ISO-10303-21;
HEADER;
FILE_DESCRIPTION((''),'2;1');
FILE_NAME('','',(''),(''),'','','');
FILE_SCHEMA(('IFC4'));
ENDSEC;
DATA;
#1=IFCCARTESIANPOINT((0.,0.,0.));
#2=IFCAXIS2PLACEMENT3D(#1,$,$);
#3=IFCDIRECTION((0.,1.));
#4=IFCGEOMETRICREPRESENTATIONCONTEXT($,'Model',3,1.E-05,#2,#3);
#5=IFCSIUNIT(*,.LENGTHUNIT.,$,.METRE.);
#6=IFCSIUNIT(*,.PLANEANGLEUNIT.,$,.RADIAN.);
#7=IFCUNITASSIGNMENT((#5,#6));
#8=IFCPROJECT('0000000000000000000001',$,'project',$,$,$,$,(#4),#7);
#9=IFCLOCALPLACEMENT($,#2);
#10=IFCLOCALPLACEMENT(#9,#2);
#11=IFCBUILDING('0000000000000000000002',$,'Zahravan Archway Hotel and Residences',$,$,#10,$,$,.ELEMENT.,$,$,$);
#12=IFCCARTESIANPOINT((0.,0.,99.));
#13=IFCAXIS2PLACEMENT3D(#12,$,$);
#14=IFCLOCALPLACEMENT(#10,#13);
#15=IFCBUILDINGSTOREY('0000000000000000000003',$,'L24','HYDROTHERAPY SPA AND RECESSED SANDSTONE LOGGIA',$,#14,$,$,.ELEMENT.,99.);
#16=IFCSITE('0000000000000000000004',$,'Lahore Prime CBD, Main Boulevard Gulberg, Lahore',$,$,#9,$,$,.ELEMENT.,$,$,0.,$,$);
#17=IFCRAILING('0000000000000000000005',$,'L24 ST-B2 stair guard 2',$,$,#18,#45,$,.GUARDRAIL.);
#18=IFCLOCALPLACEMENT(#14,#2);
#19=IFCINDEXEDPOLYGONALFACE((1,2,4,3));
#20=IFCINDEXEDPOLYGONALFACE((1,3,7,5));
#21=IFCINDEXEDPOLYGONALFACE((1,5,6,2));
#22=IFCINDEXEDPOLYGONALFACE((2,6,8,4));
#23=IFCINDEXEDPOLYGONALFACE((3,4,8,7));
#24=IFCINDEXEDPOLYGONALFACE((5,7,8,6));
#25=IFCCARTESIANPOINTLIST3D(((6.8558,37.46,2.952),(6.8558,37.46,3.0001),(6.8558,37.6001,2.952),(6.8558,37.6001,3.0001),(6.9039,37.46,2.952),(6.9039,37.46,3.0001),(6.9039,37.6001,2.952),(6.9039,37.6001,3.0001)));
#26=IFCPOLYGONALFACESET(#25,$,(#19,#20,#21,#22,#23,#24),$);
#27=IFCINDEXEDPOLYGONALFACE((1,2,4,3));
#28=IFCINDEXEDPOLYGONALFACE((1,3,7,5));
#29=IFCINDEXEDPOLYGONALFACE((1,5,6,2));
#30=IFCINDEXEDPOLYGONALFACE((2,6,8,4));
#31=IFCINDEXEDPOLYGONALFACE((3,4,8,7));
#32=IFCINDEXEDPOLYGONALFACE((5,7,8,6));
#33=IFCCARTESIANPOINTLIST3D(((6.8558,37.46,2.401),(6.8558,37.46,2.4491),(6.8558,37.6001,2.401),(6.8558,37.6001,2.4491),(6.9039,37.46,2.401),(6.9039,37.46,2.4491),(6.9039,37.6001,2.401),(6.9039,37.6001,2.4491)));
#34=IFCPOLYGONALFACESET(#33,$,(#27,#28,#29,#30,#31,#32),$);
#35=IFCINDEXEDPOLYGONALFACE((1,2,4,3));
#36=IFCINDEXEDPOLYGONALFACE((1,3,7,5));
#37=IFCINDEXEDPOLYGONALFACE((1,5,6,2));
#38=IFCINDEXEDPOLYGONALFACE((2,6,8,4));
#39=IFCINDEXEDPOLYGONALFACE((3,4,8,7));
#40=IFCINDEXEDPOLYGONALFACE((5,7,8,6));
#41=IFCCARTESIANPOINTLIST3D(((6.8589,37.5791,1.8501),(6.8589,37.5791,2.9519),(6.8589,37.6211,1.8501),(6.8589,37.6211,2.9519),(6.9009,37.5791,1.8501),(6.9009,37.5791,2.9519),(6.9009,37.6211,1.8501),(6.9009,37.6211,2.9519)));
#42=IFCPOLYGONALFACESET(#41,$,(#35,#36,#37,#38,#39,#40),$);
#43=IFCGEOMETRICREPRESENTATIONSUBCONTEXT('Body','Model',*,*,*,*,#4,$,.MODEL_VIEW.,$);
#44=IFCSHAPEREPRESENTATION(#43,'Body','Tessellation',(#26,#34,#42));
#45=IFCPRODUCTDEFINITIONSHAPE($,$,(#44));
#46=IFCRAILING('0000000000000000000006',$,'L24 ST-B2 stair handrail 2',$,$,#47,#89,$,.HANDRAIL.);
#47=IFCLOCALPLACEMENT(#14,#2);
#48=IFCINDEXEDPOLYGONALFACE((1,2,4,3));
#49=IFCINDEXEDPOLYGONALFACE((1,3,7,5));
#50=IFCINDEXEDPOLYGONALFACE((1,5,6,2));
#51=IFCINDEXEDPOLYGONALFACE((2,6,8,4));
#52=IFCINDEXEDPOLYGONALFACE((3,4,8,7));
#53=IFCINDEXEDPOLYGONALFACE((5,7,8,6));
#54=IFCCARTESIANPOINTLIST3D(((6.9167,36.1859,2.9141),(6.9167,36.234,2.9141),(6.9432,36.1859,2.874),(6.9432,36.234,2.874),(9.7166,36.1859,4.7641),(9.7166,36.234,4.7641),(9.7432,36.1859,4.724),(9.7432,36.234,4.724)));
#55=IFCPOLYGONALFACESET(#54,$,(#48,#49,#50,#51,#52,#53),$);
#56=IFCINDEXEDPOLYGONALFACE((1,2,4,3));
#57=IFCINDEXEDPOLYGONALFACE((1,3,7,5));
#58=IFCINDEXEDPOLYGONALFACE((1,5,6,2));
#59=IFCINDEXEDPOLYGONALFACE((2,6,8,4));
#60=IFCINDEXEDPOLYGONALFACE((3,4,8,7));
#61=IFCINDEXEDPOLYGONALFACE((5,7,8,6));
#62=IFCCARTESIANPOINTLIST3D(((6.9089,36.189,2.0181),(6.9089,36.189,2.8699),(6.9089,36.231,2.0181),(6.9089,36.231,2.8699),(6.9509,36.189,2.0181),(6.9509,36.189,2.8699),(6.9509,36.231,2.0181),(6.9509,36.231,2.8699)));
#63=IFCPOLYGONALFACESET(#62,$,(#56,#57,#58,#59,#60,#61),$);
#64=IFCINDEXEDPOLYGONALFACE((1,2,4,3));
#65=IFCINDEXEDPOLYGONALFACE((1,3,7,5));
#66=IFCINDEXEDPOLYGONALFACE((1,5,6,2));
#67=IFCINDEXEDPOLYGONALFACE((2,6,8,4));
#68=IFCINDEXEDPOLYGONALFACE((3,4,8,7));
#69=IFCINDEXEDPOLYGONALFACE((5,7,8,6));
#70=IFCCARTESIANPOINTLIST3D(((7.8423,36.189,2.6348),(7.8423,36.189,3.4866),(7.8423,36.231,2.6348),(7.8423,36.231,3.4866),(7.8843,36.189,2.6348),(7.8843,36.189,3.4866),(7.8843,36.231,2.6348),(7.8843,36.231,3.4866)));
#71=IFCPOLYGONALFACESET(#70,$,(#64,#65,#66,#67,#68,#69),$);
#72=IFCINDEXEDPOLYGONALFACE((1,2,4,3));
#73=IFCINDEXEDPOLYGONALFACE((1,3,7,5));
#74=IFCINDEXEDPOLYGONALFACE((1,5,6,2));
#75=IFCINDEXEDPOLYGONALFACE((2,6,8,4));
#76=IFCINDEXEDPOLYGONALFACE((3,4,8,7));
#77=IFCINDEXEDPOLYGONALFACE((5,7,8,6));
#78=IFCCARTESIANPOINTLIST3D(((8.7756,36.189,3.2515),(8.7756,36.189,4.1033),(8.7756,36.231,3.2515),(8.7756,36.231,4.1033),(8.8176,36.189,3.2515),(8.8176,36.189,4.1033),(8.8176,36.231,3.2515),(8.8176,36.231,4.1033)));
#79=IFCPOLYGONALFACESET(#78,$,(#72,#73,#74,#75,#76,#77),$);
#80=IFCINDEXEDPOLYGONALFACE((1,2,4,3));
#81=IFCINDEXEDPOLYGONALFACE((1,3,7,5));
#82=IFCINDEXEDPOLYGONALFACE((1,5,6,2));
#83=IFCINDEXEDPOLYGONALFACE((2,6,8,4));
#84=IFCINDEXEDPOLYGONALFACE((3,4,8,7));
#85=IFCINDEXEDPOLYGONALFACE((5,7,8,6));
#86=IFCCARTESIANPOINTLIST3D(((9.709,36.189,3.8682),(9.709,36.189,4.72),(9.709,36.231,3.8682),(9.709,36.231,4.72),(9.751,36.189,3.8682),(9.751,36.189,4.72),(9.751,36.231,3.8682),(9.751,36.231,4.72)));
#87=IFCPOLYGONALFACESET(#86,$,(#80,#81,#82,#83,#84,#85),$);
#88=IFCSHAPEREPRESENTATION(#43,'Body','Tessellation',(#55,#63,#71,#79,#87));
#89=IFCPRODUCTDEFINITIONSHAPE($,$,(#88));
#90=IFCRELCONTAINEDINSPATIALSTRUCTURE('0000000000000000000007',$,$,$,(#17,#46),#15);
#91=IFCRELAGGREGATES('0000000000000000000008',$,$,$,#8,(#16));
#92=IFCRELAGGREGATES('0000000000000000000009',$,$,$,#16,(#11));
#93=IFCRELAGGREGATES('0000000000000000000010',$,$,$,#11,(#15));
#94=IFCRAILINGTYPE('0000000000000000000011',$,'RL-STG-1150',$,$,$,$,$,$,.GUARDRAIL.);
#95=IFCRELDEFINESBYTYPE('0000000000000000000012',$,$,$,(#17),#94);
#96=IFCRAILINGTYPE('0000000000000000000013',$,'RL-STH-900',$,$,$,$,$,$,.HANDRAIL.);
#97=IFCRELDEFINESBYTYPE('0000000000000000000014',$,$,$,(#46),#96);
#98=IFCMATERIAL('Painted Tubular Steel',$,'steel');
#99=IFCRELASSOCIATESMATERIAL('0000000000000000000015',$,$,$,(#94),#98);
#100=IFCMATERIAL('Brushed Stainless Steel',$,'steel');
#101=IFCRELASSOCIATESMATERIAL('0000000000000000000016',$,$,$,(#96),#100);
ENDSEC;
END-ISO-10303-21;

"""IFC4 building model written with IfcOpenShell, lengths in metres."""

from ifc_helpers import new_model, si_unit, direction, frame, origin, origin_2d, place, context, subcontext, project, spatial, rectangle, extrude, material, type_object, element, save


model = new_model("IFC4")

# Units and contexts
model_context = context("Model", 3, precision=1e-05, world=origin(), true_north=direction((0.0, 1.0)))
body_context = subcontext(model_context, "Body", "Model", "MODEL_VIEW")
ifc_project = project(units=[si_unit("LENGTHUNIT", "METRE"), si_unit("PLANEANGLEUNIT", "RADIAN")], contexts=[model_context])

# Site, building, storey
site_placement = place(None, origin())
site = spatial("IfcSite", under=ifc_project, at=site_placement, Name="Lahore Prime CBD, Main Boulevard Gulberg, Lahore", CompositionType="ELEMENT", RefElevation=0.0)
building_placement = place(site_placement, origin())
building = spatial("IfcBuilding", under=site, at=building_placement, Name="Zahravan Archway Hotel and Residences", CompositionType="ELEMENT")
storey_placement = place(building_placement, frame((0.0, 0.0, 99.0)))
storey = spatial("IfcBuildingStorey", under=building, at=storey_placement, Name="L24", Description="HYDROTHERAPY SPA AND RECESSED SANDSTONE LOGGIA", CompositionType="ELEMENT", Elevation=99.0)

# Railings
ifc_material_1 = material(Name="Painted Tubular Steel", Category="steel")
railing_type_1 = type_object("IfcRailingType", Name="RL-STG-1150", PredefinedType="GUARDRAIL", material=ifc_material_1)
railing_1_placement = place(storey_placement, frame((6.8799, 37.6001, 1.8501)))
element("IfcRailing", 1, at=railing_1_placement, inside=storey, type_object=railing_type_1, Name="L24 ST-B2 stair guard 2", PredefinedType="GUARDRAIL", context=body_context, shape_type="SweptSolid", body=[
    extrude(rectangle(XDim=0.0481, YDim=0.0481, at=origin_2d()), frame((0.0, 0.0, 1.126), z_axis=(0.0, -1.0, 0.0), x_axis=(1.0, 0.0, 0.0)), (0.0, 0.0, 1.0), 0.1401),
    extrude(rectangle(XDim=0.0481, YDim=0.0481, at=origin_2d()), frame((0.0, 0.0, 0.575), z_axis=(0.0, -1.0, 0.0), x_axis=(1.0, 0.0, 0.0)), (0.0, 0.0, 1.0), 0.1401),
    extrude(rectangle(XDim=0.042, YDim=0.042, at=origin_2d()), origin(), (0.0, 0.0, 1.0), 1.1018),
])
ifc_material_2 = material(Name="Brushed Stainless Steel", Category="steel")
railing_type_2 = type_object("IfcRailingType", Name="RL-STH-900", PredefinedType="HANDRAIL", material=ifc_material_2)
railing_2_placement = place(storey_placement, frame((6.9299, 36.21, 2.0181)))
element("IfcRailing", 2, at=railing_2_placement, inside=storey, type_object=railing_type_2, Name="L24 ST-B2 stair handrail 2", PredefinedType="HANDRAIL", context=body_context, shape_type="SweptSolid", body=[
    extrude(rectangle(XDim=0.0481, YDim=0.0481, at=origin_2d()), frame((0.0, 0.0, 0.876), z_axis=(0.834326, 0.0, 0.551271), x_axis=(0.0, 1.0, 0.0)), (0.0, 0.0, 1.0), 3.356),
    extrude(rectangle(XDim=0.042, YDim=0.042, at=origin_2d()), origin(), (0.0, 0.0, 1.0), 0.8518),
    extrude(rectangle(XDim=0.042, YDim=0.042, at=origin_2d()), frame((0.9333, 0.0, 0.6167)), (0.0, 0.0, 1.0), 0.8518),
    extrude(rectangle(XDim=0.042, YDim=0.042, at=origin_2d()), frame((1.8667, 0.0, 1.2334)), (0.0, 0.0, 1.0), 0.8518),
    extrude(rectangle(XDim=0.042, YDim=0.042, at=origin_2d()), frame((2.8, 0.0, 1.8501)), (0.0, 0.0, 1.0), 0.8518),
])

save(model, "model.ifc")
